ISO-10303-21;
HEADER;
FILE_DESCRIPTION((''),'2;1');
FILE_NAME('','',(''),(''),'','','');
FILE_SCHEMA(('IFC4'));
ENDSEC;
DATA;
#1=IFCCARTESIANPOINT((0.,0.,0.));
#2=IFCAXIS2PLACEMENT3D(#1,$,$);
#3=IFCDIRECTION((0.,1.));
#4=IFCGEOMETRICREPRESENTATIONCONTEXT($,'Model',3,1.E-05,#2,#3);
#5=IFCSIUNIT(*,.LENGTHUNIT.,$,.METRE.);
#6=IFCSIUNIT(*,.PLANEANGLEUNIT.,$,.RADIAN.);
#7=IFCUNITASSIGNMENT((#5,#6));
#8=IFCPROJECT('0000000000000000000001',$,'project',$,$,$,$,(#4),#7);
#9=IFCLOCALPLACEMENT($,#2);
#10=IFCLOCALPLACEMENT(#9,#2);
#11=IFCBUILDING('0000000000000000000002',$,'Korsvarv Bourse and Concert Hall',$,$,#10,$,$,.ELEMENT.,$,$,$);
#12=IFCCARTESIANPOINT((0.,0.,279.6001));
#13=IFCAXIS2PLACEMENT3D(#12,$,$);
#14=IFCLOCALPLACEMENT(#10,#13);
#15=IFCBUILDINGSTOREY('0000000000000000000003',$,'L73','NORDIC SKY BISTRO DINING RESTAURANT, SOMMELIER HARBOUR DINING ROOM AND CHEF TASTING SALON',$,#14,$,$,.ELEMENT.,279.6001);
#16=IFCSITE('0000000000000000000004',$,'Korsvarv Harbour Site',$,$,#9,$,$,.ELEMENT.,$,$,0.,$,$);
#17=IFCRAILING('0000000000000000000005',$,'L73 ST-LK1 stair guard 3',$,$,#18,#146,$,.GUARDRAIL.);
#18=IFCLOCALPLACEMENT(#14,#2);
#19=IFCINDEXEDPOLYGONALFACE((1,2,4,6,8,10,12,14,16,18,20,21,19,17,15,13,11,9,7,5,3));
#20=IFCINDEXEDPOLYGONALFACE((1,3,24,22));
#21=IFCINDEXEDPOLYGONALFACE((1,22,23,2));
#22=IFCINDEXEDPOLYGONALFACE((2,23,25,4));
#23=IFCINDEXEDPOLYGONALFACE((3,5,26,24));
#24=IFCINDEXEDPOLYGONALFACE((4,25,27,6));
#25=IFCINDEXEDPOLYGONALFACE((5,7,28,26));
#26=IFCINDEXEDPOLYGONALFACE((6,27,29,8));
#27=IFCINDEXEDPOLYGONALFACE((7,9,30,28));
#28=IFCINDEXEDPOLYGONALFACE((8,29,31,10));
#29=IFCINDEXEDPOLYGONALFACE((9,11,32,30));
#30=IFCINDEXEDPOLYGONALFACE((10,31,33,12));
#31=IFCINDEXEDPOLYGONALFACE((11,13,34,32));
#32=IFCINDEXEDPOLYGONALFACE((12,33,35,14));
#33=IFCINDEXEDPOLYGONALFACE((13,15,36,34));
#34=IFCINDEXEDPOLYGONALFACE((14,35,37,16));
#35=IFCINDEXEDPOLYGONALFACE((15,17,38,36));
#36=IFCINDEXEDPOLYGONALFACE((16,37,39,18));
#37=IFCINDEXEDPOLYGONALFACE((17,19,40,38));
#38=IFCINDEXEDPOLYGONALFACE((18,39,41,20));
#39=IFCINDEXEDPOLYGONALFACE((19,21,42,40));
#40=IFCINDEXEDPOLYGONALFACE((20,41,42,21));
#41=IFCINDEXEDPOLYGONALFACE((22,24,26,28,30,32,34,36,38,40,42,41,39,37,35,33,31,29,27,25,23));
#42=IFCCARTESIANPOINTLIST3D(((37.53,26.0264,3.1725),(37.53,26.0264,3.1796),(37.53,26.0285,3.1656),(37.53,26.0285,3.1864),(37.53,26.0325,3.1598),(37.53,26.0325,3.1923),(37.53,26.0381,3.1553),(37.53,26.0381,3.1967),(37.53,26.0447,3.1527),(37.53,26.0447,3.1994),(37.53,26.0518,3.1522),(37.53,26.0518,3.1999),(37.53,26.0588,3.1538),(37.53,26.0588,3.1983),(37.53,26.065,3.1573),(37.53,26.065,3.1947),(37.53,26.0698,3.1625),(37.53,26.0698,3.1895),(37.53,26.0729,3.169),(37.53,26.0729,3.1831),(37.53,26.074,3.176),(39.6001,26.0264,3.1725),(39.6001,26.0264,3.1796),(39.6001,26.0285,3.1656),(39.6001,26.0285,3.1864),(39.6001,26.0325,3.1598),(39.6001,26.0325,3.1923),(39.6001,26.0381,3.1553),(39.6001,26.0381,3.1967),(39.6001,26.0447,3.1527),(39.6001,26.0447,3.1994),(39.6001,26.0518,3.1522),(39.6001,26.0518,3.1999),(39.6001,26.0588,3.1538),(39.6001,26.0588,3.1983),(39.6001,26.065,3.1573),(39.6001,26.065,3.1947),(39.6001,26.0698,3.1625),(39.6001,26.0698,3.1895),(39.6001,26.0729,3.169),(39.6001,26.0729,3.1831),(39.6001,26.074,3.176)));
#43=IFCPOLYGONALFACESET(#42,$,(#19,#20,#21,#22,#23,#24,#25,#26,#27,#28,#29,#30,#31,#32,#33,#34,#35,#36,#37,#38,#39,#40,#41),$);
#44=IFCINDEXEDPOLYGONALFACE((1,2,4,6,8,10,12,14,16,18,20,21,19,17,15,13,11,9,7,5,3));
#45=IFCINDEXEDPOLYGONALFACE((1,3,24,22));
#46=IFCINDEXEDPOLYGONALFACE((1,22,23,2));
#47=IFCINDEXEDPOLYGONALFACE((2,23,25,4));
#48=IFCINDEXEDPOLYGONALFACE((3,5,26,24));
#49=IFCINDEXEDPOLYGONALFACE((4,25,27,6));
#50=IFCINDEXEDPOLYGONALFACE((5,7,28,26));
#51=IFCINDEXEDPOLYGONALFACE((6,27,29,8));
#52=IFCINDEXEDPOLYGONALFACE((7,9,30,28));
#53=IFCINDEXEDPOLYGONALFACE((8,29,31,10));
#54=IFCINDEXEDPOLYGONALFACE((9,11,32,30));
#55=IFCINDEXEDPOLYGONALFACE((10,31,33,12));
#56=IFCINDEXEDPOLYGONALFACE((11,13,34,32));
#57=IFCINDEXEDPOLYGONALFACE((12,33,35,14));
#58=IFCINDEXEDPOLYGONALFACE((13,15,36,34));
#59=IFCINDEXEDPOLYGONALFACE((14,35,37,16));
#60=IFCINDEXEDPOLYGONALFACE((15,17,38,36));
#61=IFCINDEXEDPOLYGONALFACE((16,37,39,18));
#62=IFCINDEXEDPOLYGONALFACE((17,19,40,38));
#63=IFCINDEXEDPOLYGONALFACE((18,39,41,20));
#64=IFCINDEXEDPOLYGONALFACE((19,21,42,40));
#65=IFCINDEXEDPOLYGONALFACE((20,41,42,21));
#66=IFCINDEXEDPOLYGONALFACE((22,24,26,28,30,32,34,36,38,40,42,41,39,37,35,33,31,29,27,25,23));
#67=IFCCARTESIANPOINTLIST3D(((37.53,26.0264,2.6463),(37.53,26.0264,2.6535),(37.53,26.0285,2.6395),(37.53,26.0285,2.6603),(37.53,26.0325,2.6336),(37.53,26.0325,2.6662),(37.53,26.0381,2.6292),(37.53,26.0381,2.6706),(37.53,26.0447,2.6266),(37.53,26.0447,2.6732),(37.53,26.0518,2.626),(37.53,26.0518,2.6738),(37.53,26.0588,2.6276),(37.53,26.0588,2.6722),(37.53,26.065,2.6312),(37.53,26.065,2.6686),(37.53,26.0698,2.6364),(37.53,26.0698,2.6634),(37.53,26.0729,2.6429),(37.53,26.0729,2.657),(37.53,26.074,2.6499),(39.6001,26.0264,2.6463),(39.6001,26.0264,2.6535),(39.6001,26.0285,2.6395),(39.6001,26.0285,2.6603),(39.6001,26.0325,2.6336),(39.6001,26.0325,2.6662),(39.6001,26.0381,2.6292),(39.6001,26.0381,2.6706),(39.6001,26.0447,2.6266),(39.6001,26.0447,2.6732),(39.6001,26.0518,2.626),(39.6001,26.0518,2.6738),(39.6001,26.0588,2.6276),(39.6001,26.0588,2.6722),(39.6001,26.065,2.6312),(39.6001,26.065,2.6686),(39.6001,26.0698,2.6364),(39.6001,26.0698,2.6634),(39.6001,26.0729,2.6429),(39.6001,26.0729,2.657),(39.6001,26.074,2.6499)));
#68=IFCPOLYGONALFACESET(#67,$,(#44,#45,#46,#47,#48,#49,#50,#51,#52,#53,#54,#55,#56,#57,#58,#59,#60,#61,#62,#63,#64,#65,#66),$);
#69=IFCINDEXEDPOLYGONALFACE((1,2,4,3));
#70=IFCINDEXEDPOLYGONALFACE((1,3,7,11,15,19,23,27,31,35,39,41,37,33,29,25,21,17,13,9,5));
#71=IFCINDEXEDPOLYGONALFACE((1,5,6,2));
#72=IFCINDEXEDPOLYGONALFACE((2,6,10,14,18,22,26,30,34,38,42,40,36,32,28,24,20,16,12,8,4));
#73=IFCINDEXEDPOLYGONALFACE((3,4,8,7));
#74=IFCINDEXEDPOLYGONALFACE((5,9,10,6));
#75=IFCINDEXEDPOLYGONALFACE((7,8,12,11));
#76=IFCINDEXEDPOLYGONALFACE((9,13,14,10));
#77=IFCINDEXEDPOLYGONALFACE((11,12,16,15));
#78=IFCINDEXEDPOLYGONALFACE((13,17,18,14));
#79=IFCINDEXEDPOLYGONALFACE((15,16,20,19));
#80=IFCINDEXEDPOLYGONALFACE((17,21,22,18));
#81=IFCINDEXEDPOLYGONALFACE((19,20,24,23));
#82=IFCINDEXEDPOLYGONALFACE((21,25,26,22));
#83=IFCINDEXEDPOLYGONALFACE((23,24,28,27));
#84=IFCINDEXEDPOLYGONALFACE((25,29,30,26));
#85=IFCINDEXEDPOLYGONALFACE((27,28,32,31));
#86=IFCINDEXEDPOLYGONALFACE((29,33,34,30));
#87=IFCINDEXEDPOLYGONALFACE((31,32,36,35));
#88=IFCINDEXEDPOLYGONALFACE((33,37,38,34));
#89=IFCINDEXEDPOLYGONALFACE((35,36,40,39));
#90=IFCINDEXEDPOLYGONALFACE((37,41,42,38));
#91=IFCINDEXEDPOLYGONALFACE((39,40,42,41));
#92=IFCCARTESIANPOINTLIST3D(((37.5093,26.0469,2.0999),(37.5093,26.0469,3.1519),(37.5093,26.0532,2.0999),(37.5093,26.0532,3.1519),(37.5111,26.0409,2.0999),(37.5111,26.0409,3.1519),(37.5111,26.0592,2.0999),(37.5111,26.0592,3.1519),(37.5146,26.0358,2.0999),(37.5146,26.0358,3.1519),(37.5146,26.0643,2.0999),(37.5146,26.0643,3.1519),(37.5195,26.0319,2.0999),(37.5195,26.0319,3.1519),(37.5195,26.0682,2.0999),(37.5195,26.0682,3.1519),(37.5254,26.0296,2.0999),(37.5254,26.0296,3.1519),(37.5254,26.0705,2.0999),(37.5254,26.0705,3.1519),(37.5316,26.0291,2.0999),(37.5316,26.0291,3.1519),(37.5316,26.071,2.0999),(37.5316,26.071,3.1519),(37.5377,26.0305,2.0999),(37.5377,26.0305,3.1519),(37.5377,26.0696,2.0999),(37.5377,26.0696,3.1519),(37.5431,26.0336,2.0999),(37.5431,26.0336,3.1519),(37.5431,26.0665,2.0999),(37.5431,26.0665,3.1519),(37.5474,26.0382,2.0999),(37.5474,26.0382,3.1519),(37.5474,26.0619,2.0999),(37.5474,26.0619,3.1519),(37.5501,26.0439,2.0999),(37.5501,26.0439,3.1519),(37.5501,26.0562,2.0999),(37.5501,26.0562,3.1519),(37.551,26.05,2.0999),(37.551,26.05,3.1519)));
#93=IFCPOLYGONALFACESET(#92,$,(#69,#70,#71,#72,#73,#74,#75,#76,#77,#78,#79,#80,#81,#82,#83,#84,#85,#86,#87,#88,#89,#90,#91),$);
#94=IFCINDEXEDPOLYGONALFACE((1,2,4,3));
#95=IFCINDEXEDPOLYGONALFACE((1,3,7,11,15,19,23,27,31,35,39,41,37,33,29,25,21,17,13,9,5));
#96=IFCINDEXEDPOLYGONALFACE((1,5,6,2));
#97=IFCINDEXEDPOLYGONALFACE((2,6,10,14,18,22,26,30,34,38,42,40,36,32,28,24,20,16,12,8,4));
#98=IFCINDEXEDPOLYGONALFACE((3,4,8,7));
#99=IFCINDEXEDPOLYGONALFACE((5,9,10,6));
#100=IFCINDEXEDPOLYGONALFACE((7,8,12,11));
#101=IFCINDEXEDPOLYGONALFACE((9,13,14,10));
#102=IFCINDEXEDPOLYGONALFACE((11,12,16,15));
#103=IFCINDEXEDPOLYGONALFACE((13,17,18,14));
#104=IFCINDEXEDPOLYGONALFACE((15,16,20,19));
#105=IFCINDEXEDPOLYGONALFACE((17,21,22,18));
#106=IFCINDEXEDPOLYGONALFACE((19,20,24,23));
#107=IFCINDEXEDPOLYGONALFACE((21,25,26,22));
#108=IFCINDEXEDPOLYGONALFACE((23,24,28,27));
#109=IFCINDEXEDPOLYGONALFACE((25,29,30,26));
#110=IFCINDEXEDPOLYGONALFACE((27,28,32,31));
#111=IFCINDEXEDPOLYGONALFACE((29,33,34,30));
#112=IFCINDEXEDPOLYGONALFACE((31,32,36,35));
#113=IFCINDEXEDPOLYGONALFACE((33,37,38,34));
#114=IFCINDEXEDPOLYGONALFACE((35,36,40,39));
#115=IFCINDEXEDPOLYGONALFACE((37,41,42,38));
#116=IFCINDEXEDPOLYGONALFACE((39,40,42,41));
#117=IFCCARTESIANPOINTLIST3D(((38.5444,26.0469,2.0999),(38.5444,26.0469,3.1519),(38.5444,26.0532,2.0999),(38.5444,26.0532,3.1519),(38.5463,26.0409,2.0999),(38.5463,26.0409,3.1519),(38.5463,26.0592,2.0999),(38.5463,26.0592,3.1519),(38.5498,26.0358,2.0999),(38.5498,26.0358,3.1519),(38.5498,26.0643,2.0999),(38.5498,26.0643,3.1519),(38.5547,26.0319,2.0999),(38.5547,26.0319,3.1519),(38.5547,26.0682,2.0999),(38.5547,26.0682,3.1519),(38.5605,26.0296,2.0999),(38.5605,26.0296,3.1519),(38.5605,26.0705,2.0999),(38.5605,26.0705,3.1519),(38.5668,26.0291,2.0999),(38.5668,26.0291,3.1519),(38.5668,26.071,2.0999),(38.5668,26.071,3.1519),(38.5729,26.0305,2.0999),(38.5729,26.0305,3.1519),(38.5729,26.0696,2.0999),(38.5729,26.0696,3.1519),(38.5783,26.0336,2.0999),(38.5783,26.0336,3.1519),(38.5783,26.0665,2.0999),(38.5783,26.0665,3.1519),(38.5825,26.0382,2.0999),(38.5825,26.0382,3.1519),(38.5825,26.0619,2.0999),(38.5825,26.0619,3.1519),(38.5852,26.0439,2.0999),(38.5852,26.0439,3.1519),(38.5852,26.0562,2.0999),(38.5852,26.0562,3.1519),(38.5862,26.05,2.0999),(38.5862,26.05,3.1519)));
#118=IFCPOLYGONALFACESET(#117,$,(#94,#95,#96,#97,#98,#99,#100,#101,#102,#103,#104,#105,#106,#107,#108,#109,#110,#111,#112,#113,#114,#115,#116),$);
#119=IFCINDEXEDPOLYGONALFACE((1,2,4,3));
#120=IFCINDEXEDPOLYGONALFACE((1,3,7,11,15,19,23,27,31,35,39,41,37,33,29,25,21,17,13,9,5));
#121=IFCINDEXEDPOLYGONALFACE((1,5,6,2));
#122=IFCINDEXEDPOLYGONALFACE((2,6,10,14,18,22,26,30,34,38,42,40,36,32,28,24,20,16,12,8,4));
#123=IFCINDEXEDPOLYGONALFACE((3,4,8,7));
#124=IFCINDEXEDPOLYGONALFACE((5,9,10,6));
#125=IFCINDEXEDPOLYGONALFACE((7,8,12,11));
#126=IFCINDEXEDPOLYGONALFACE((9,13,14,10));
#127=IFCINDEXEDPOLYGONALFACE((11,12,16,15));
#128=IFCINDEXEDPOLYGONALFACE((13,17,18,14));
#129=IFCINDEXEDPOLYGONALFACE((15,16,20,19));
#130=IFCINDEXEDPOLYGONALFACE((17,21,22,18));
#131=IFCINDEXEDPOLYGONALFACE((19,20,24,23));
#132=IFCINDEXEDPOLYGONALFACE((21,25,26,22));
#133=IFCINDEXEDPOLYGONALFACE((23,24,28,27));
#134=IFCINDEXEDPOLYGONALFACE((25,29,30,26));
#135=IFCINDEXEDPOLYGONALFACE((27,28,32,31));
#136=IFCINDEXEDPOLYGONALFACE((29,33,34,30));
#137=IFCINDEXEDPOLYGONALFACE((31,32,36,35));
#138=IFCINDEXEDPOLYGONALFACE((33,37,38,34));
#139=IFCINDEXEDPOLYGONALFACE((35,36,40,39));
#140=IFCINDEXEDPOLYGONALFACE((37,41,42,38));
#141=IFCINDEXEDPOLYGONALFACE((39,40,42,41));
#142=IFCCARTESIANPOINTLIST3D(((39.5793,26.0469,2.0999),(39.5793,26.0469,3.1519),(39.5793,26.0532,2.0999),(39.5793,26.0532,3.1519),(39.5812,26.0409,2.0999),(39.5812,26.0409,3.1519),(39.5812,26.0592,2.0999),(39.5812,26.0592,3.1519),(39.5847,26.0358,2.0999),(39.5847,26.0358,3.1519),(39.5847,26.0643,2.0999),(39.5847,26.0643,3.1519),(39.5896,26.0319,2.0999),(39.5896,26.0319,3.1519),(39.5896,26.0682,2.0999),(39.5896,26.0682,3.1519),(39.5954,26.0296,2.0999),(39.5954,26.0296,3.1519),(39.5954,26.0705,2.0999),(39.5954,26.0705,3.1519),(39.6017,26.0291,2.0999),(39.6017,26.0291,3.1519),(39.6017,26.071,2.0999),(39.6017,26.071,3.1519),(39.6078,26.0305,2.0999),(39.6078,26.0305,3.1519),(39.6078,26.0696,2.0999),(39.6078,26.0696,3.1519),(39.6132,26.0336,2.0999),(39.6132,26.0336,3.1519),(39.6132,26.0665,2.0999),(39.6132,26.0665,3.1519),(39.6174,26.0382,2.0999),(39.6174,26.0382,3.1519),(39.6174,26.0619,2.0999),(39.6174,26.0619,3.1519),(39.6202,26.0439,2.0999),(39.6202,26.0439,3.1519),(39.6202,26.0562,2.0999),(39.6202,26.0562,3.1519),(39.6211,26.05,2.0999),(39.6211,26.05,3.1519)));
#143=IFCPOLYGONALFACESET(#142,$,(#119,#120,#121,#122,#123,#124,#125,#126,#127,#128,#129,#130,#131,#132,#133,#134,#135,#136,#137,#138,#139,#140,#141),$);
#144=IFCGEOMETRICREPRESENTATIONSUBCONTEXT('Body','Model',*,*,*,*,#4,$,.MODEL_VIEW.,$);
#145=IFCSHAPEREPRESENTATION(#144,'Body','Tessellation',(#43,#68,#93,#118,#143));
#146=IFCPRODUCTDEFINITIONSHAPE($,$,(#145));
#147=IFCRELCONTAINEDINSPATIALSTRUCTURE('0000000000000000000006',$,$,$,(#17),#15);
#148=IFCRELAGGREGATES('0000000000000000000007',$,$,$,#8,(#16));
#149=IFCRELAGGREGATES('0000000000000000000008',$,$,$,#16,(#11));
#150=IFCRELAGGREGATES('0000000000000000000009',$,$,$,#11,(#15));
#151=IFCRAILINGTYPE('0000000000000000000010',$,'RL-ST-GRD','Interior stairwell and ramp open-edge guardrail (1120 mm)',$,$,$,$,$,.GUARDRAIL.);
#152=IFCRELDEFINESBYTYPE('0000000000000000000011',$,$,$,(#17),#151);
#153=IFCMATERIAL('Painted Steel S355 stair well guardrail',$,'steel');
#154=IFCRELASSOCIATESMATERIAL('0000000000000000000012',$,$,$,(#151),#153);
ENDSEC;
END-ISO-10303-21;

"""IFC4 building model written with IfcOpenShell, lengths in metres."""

from ifc_helpers import new_model, si_unit, direction, frame, origin, origin_2d, place, context, subcontext, project, spatial, circle, extrude, material, type_object, element, save


model = new_model("IFC4")

# Units and contexts
model_context = context("Model", 3, precision=1e-05, world=origin(), true_north=direction((0.0, 1.0)))
body_context = subcontext(model_context, "Body", "Model", "MODEL_VIEW")
ifc_project = project(units=[si_unit("LENGTHUNIT", "METRE"), si_unit("PLANEANGLEUNIT", "RADIAN")], contexts=[model_context])

# Site, building, storey
site_placement = place(None, origin())
site = spatial("IfcSite", under=ifc_project, at=site_placement, Name="Korsvarv Harbour Site", CompositionType="ELEMENT", RefElevation=0.0)
building_placement = place(site_placement, origin())
building = spatial("IfcBuilding", under=site, at=building_placement, Name="Korsvarv Bourse and Concert Hall", CompositionType="ELEMENT")
storey_placement = place(building_placement, frame((0.0, 0.0, 279.6001)))
storey = spatial("IfcBuildingStorey", under=building, at=storey_placement, Name="L73", Description="NORDIC SKY BISTRO DINING RESTAURANT, SOMMELIER HARBOUR DINING ROOM AND CHEF TASTING SALON", CompositionType="ELEMENT", Elevation=279.6001)

# Railing
ifc_material_1 = material(Name="Painted Steel S355 stair well guardrail", Category="steel")
railing_type_1 = type_object("IfcRailingType", Name="RL-ST-GRD", Description="Interior stairwell and ramp open-edge guardrail (1120 mm)", PredefinedType="GUARDRAIL", material=ifc_material_1)
railing_1_placement = place(storey_placement, frame((37.53, 26.05, 2.0999)))
element("IfcRailing", 1, at=railing_1_placement, inside=storey, type_object=railing_type_1, Name="L73 ST-LK1 stair guard 3", PredefinedType="GUARDRAIL", context=body_context, shape_type="SweptSolid", body=[
    extrude(circle(Radius=0.0239, at=origin_2d()), frame((0.0, 0.0, 1.0762), z_axis=(1.0, 0.0, 0.0), x_axis=(0.0, 1.0, 0.0)), (0.0, 0.0, 1.0), 2.0701),
    extrude(circle(Radius=0.0239, at=origin_2d()), frame((0.0, 0.0, 0.55), z_axis=(1.0, 0.0, 0.0), x_axis=(0.0, 1.0, 0.0)), (0.0, 0.0, 1.0), 2.0701),
    extrude(circle(Radius=0.021, at=origin_2d()), origin(), (0.0, 0.0, 1.0), 1.052),
    extrude(circle(Radius=0.021, at=origin_2d()), frame((1.0352, 0.0, 0.0)), (0.0, 0.0, 1.0), 1.052),
    extrude(circle(Radius=0.021, at=origin_2d()), frame((2.0701, 0.0, 0.0)), (0.0, 0.0, 1.0), 1.052),
])

save(model, "model.ifc")
